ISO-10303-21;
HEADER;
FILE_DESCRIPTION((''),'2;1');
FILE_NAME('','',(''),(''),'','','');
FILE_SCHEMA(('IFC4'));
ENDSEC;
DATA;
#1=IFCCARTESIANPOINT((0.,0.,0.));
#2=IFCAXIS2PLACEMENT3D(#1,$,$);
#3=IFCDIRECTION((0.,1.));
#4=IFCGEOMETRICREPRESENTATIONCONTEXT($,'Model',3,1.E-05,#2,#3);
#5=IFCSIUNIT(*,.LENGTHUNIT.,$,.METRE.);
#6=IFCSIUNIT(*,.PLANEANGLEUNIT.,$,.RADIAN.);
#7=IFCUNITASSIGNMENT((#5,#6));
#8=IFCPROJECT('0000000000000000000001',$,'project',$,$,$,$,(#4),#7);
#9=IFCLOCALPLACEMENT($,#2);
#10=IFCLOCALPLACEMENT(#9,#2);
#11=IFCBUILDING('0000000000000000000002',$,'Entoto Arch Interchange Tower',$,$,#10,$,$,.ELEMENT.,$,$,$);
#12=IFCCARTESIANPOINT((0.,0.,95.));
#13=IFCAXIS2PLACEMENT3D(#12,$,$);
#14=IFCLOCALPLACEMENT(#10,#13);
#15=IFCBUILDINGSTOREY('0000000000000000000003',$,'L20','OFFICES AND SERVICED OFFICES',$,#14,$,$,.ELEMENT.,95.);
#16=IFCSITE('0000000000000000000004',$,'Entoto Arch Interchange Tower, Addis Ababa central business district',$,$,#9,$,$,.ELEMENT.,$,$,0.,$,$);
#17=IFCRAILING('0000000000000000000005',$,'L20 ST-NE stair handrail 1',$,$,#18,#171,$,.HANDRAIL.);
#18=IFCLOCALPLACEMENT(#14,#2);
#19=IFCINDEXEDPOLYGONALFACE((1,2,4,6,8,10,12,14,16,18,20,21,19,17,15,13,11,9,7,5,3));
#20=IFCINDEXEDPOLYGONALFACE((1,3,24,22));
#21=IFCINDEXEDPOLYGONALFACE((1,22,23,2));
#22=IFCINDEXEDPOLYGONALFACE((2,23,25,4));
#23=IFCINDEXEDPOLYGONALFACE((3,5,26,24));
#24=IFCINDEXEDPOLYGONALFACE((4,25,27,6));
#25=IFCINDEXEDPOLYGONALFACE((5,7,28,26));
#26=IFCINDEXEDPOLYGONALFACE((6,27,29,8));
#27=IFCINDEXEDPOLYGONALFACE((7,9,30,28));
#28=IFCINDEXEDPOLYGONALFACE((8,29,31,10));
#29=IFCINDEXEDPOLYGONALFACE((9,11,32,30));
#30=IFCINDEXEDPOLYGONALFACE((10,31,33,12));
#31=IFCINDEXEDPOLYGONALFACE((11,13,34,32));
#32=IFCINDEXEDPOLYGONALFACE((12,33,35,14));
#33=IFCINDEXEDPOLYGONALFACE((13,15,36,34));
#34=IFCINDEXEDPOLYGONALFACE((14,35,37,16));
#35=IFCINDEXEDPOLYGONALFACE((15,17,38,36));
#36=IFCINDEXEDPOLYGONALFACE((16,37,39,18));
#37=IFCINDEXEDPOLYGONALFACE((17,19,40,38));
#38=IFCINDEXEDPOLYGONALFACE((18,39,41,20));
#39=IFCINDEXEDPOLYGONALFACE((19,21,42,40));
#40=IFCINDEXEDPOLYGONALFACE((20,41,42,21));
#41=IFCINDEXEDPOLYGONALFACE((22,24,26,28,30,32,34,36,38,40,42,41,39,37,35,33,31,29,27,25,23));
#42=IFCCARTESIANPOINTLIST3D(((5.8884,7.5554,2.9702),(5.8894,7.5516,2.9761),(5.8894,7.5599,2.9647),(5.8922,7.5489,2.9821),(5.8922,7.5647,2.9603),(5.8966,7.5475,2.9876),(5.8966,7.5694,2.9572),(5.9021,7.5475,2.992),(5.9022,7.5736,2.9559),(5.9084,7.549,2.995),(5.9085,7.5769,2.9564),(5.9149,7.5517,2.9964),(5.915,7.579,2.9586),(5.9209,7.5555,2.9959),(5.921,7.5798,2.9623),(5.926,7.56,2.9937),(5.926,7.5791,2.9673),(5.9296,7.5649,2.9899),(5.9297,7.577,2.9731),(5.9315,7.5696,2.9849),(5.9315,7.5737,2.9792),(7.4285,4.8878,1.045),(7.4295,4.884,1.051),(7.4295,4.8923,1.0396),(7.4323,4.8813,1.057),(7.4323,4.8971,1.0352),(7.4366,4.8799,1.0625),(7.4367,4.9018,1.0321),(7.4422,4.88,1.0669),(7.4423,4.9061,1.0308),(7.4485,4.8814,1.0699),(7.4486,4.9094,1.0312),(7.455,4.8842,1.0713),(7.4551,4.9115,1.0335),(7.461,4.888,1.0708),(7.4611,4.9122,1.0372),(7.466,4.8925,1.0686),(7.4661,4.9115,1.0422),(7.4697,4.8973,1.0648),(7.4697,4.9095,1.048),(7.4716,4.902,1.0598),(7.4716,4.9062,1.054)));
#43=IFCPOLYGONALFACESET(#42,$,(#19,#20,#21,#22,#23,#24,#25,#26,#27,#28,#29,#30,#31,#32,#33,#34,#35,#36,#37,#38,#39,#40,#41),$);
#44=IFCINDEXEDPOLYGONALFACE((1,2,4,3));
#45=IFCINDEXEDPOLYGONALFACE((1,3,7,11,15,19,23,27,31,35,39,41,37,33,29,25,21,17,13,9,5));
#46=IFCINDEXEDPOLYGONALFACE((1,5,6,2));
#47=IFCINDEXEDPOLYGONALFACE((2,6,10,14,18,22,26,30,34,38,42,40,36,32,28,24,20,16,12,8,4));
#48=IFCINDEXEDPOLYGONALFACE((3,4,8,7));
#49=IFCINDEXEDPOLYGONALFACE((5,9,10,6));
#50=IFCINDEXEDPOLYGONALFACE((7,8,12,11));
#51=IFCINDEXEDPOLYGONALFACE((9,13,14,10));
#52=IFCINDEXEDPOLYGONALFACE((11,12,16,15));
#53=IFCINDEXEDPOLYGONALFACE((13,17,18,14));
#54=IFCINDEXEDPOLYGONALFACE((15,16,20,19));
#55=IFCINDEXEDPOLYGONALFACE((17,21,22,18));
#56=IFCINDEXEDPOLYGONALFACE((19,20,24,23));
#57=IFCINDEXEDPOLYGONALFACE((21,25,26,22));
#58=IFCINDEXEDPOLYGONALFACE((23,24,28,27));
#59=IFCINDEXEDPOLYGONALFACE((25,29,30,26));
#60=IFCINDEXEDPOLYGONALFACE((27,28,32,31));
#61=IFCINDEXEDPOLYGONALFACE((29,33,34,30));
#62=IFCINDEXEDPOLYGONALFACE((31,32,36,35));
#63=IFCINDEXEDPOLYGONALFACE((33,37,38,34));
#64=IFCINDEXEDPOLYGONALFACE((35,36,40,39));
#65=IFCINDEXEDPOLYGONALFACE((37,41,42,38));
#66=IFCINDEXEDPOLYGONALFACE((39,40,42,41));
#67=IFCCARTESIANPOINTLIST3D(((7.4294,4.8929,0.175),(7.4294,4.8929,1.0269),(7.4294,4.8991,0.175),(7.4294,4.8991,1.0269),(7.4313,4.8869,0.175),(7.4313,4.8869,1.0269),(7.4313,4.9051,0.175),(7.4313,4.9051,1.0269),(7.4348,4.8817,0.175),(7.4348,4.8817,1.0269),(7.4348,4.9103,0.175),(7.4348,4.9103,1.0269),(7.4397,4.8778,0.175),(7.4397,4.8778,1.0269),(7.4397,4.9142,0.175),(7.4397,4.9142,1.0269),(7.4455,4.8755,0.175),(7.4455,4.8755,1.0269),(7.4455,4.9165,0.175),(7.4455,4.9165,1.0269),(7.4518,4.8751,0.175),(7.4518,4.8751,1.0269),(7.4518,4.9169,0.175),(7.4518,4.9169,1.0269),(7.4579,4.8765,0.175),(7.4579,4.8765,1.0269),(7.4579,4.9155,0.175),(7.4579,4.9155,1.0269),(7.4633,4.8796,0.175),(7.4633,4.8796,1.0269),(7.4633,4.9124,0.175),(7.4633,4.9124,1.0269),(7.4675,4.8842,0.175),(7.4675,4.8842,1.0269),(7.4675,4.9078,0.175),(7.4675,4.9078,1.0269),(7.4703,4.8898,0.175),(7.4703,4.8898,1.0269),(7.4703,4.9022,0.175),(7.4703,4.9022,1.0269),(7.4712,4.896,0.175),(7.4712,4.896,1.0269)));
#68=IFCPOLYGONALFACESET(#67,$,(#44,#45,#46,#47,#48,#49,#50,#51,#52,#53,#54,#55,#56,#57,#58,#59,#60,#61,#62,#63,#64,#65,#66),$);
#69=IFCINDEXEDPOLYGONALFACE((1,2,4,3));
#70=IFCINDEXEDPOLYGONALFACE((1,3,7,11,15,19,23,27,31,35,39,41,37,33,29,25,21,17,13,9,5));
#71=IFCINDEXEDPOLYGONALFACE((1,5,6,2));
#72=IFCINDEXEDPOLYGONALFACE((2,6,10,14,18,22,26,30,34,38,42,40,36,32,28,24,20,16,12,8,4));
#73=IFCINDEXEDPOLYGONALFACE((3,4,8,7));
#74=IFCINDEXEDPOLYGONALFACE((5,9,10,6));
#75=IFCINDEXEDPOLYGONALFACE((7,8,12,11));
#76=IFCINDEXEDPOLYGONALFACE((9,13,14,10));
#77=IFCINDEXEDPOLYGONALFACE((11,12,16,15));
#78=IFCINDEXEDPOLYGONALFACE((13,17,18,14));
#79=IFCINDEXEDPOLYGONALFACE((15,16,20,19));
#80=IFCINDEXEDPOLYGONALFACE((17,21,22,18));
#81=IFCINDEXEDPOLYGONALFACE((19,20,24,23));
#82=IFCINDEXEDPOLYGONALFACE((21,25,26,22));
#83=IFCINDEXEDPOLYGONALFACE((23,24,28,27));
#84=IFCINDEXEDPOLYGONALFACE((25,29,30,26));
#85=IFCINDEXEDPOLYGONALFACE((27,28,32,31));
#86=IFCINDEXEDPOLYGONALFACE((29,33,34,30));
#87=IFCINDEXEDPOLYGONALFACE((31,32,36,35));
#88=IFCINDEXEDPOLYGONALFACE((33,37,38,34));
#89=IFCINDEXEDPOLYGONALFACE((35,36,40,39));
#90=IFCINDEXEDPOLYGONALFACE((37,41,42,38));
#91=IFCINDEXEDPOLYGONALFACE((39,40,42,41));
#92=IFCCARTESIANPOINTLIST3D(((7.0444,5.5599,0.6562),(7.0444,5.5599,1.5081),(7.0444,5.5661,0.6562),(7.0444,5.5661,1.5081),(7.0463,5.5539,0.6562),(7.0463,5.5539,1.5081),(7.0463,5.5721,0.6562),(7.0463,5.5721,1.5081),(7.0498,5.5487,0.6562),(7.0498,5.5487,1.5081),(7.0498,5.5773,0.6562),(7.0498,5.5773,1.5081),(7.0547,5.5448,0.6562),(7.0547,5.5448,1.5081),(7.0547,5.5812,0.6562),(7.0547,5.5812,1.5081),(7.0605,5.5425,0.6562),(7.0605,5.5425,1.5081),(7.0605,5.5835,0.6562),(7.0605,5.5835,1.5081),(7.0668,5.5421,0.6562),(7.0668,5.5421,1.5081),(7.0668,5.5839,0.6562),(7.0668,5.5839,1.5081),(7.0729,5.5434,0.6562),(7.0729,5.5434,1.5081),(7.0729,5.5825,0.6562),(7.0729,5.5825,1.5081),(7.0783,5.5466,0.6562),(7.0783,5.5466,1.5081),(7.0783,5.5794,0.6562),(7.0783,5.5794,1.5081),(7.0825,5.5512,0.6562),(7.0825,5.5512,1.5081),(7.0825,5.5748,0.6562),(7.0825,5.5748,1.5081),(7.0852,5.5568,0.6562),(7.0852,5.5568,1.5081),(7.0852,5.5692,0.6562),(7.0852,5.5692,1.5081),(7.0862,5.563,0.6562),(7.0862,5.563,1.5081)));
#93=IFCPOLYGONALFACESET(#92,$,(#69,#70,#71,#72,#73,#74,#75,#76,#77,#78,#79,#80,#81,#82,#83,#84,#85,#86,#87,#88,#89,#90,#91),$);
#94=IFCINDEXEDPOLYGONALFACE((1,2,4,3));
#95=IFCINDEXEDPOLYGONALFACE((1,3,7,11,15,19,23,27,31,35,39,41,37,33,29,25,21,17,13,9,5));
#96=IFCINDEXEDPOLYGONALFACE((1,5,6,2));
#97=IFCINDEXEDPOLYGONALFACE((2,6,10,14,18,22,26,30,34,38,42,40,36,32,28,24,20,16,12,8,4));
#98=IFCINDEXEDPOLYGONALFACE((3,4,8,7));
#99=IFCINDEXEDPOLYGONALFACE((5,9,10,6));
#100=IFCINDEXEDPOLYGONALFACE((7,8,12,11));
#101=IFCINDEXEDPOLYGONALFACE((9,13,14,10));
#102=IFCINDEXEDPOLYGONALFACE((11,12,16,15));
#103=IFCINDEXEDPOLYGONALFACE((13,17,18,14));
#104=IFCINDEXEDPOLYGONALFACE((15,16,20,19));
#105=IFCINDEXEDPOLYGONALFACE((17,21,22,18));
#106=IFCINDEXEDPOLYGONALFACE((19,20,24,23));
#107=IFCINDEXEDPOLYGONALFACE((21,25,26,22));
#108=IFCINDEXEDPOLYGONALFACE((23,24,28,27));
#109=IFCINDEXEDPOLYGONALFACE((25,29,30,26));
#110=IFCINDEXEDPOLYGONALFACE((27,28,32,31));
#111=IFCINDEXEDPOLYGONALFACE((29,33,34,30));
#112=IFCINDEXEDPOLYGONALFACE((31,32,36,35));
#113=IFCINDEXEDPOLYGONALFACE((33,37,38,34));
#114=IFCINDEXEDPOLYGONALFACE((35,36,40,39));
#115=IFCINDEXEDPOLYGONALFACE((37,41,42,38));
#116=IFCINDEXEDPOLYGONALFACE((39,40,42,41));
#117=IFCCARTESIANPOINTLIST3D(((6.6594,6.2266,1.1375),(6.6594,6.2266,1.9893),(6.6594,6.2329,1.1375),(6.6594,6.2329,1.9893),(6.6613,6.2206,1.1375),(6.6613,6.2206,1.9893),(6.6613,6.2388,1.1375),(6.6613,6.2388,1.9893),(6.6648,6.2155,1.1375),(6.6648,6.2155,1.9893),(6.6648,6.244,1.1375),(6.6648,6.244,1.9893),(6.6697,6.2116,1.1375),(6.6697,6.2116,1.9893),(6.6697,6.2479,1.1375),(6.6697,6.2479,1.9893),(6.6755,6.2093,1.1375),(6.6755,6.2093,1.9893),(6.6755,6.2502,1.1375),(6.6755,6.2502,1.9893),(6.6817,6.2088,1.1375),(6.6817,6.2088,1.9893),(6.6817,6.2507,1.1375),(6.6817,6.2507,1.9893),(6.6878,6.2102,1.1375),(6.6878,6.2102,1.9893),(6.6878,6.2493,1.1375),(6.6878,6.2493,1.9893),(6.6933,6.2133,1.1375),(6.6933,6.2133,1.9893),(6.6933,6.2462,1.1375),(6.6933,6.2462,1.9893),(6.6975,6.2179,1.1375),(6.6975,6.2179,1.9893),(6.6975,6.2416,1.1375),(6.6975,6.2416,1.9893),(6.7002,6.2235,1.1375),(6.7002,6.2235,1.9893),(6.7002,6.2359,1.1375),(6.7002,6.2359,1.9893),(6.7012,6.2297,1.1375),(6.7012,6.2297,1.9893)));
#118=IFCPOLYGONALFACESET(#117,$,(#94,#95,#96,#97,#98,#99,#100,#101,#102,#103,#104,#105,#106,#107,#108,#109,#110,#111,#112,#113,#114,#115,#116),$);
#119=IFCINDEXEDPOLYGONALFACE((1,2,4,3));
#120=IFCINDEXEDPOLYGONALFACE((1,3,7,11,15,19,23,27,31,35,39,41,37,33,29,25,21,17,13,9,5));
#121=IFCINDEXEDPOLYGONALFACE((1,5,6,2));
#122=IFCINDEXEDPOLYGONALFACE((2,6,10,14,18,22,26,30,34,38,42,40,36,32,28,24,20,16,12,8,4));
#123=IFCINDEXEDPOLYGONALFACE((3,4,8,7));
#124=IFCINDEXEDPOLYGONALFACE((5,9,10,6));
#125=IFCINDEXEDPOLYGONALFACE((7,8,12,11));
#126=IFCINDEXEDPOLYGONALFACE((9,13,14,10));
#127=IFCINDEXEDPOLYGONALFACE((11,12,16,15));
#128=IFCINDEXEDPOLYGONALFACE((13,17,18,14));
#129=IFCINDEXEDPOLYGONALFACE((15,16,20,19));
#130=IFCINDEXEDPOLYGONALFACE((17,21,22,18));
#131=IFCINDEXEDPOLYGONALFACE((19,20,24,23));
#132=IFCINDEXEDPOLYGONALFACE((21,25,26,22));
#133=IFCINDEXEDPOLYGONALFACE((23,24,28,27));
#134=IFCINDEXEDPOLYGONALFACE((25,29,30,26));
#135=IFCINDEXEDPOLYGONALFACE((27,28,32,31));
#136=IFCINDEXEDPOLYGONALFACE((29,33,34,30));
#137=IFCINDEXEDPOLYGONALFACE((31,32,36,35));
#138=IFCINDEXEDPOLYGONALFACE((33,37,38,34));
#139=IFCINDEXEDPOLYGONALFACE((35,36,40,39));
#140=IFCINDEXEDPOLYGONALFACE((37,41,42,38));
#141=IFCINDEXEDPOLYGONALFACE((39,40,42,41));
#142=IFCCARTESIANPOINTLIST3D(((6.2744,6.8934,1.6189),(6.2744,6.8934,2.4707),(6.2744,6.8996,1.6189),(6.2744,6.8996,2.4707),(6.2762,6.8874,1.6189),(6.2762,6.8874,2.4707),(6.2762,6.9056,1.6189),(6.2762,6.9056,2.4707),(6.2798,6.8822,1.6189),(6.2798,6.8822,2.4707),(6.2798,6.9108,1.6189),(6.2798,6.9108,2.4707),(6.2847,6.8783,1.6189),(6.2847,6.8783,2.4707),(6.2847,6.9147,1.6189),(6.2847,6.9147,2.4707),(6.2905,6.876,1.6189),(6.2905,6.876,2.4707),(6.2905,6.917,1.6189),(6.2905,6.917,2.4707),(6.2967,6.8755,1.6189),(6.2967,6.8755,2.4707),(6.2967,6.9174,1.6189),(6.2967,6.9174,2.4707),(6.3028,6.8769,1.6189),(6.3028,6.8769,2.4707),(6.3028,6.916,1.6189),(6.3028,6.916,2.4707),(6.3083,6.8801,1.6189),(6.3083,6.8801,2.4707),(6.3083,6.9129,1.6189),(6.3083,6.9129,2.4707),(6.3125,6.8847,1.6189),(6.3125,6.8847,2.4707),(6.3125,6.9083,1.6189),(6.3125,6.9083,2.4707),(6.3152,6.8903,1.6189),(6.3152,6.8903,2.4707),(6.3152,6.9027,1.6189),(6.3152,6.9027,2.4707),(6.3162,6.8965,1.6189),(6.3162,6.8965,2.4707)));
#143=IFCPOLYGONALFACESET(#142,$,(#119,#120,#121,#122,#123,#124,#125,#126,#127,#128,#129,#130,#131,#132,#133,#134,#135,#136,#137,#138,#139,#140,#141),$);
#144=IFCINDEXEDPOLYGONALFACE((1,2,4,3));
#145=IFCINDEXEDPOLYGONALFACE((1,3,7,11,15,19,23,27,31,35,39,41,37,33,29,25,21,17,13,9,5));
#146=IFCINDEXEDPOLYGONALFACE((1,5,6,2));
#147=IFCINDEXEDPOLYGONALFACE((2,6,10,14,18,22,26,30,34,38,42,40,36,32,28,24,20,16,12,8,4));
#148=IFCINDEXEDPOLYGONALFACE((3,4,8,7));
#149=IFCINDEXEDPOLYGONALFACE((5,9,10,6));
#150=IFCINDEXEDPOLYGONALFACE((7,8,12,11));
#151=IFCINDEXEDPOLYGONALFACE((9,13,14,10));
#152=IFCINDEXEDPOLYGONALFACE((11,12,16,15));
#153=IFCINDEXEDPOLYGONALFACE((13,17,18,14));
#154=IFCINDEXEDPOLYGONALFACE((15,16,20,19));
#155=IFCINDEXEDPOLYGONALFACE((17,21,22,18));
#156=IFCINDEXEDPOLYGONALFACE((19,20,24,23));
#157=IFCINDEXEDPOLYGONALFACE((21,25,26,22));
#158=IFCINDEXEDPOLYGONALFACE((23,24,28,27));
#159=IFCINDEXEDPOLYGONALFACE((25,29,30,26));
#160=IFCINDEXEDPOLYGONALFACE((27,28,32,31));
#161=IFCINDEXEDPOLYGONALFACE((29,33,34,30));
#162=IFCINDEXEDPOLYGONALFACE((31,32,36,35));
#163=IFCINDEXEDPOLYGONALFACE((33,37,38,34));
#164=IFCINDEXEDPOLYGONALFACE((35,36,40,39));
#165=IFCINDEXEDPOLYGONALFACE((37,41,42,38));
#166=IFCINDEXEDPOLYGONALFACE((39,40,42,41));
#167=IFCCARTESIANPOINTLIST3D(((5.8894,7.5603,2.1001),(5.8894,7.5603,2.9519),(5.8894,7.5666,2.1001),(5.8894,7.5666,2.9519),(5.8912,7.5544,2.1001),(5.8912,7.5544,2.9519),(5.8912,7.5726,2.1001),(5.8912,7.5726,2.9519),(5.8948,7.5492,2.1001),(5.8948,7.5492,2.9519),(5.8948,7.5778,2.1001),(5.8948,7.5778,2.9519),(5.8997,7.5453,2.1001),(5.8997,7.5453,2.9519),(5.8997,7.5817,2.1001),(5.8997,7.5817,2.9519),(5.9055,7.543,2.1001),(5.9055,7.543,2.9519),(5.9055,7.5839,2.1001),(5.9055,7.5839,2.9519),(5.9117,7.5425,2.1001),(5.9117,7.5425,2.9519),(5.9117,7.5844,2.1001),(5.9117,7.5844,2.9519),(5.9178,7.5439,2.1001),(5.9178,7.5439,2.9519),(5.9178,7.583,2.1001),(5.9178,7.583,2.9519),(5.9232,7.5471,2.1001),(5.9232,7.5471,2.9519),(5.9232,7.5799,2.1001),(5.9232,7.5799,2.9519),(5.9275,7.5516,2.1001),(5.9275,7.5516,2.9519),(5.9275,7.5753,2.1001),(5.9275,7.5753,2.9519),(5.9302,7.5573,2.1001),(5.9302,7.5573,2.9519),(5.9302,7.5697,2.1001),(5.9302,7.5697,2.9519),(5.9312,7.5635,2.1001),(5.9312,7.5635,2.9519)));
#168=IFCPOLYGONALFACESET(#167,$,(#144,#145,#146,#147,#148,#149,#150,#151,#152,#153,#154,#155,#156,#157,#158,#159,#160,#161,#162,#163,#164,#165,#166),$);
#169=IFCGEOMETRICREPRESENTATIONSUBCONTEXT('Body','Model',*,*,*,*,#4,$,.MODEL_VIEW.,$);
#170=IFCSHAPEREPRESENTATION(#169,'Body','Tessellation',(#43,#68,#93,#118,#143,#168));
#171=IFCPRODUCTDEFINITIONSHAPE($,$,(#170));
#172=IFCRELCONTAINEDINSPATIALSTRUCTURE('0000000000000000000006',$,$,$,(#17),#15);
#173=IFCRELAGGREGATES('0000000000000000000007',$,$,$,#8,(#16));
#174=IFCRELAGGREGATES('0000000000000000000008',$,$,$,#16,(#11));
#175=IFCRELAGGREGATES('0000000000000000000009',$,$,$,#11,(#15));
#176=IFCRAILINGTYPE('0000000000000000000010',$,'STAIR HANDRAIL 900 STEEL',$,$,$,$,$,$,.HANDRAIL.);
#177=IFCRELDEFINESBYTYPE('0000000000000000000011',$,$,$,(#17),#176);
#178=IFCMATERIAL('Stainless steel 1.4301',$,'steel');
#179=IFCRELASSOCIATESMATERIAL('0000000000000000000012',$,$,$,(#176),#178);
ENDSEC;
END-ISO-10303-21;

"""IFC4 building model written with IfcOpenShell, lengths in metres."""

from ifc_helpers import new_model, si_unit, direction, frame, origin, origin_2d, place, context, subcontext, project, spatial, circle, extrude, material, type_object, element, save


model = new_model("IFC4")

# Units and contexts
model_context = context("Model", 3, precision=1e-05, world=origin(), true_north=direction((0.0, 1.0)))
body_context = subcontext(model_context, "Body", "Model", "MODEL_VIEW")
ifc_project = project(units=[si_unit("LENGTHUNIT", "METRE"), si_unit("PLANEANGLEUNIT", "RADIAN")], contexts=[model_context])

# Site, building, storey
site_placement = place(None, origin())
site = spatial("IfcSite", under=ifc_project, at=site_placement, Name="Entoto Arch Interchange Tower, Addis Ababa central business district", CompositionType="ELEMENT", RefElevation=0.0)
building_placement = place(site_placement, origin())
building = spatial("IfcBuilding", under=site, at=building_placement, Name="Entoto Arch Interchange Tower", CompositionType="ELEMENT")
storey_placement = place(building_placement, frame((0.0, 0.0, 95.0)))
storey = spatial("IfcBuildingStorey", under=building, at=storey_placement, Name="L20", Description="OFFICES AND SERVICED OFFICES", CompositionType="ELEMENT", Elevation=95.0)

# Railing
ifc_material_1 = material(Name="Stainless steel 1.4301", Category="steel")
railing_type_1 = type_object("IfcRailingType", Name="STAIR HANDRAIL 900 STEEL", PredefinedType="HANDRAIL", material=ifc_material_1)
railing_1_placement = place(storey_placement, frame((7.4502, 4.896, 0.175)))
element("IfcRailing", 1, at=railing_1_placement, inside=storey, type_object=railing_type_1, Name="L20 ST-NE stair handrail 1", PredefinedType="HANDRAIL", context=body_context, shape_type="SweptSolid", body=[
    extrude(circle(Radius=0.0239, at=origin_2d()), frame((0.0, 0.0, 0.876), z_axis=(-0.423994, 0.734395, 0.529993), x_axis=(-0.86603, -0.499992, 0.0)), (0.0, 0.0, 1.0), 3.6323),
    extrude(circle(Radius=0.021, at=origin_2d()), origin(), (0.0, 0.0, 1.0), 0.8518),
    extrude(circle(Radius=0.021, at=origin_2d()), frame((-0.385, 0.667, 0.4812)), (0.0, 0.0, 1.0), 0.8518),
    extrude(circle(Radius=0.021, at=origin_2d()), frame((-0.77, 1.3337, 0.9624)), (0.0, 0.0, 1.0), 0.8518),
    extrude(circle(Radius=0.021, at=origin_2d()), frame((-1.155, 2.0005, 1.4438)), (0.0, 0.0, 1.0), 0.8518),
    extrude(circle(Radius=0.021, at=origin_2d()), frame((-1.54, 2.6675, 1.925)), (0.0, 0.0, 1.0), 0.8518),
])

save(model, "model.ifc")
